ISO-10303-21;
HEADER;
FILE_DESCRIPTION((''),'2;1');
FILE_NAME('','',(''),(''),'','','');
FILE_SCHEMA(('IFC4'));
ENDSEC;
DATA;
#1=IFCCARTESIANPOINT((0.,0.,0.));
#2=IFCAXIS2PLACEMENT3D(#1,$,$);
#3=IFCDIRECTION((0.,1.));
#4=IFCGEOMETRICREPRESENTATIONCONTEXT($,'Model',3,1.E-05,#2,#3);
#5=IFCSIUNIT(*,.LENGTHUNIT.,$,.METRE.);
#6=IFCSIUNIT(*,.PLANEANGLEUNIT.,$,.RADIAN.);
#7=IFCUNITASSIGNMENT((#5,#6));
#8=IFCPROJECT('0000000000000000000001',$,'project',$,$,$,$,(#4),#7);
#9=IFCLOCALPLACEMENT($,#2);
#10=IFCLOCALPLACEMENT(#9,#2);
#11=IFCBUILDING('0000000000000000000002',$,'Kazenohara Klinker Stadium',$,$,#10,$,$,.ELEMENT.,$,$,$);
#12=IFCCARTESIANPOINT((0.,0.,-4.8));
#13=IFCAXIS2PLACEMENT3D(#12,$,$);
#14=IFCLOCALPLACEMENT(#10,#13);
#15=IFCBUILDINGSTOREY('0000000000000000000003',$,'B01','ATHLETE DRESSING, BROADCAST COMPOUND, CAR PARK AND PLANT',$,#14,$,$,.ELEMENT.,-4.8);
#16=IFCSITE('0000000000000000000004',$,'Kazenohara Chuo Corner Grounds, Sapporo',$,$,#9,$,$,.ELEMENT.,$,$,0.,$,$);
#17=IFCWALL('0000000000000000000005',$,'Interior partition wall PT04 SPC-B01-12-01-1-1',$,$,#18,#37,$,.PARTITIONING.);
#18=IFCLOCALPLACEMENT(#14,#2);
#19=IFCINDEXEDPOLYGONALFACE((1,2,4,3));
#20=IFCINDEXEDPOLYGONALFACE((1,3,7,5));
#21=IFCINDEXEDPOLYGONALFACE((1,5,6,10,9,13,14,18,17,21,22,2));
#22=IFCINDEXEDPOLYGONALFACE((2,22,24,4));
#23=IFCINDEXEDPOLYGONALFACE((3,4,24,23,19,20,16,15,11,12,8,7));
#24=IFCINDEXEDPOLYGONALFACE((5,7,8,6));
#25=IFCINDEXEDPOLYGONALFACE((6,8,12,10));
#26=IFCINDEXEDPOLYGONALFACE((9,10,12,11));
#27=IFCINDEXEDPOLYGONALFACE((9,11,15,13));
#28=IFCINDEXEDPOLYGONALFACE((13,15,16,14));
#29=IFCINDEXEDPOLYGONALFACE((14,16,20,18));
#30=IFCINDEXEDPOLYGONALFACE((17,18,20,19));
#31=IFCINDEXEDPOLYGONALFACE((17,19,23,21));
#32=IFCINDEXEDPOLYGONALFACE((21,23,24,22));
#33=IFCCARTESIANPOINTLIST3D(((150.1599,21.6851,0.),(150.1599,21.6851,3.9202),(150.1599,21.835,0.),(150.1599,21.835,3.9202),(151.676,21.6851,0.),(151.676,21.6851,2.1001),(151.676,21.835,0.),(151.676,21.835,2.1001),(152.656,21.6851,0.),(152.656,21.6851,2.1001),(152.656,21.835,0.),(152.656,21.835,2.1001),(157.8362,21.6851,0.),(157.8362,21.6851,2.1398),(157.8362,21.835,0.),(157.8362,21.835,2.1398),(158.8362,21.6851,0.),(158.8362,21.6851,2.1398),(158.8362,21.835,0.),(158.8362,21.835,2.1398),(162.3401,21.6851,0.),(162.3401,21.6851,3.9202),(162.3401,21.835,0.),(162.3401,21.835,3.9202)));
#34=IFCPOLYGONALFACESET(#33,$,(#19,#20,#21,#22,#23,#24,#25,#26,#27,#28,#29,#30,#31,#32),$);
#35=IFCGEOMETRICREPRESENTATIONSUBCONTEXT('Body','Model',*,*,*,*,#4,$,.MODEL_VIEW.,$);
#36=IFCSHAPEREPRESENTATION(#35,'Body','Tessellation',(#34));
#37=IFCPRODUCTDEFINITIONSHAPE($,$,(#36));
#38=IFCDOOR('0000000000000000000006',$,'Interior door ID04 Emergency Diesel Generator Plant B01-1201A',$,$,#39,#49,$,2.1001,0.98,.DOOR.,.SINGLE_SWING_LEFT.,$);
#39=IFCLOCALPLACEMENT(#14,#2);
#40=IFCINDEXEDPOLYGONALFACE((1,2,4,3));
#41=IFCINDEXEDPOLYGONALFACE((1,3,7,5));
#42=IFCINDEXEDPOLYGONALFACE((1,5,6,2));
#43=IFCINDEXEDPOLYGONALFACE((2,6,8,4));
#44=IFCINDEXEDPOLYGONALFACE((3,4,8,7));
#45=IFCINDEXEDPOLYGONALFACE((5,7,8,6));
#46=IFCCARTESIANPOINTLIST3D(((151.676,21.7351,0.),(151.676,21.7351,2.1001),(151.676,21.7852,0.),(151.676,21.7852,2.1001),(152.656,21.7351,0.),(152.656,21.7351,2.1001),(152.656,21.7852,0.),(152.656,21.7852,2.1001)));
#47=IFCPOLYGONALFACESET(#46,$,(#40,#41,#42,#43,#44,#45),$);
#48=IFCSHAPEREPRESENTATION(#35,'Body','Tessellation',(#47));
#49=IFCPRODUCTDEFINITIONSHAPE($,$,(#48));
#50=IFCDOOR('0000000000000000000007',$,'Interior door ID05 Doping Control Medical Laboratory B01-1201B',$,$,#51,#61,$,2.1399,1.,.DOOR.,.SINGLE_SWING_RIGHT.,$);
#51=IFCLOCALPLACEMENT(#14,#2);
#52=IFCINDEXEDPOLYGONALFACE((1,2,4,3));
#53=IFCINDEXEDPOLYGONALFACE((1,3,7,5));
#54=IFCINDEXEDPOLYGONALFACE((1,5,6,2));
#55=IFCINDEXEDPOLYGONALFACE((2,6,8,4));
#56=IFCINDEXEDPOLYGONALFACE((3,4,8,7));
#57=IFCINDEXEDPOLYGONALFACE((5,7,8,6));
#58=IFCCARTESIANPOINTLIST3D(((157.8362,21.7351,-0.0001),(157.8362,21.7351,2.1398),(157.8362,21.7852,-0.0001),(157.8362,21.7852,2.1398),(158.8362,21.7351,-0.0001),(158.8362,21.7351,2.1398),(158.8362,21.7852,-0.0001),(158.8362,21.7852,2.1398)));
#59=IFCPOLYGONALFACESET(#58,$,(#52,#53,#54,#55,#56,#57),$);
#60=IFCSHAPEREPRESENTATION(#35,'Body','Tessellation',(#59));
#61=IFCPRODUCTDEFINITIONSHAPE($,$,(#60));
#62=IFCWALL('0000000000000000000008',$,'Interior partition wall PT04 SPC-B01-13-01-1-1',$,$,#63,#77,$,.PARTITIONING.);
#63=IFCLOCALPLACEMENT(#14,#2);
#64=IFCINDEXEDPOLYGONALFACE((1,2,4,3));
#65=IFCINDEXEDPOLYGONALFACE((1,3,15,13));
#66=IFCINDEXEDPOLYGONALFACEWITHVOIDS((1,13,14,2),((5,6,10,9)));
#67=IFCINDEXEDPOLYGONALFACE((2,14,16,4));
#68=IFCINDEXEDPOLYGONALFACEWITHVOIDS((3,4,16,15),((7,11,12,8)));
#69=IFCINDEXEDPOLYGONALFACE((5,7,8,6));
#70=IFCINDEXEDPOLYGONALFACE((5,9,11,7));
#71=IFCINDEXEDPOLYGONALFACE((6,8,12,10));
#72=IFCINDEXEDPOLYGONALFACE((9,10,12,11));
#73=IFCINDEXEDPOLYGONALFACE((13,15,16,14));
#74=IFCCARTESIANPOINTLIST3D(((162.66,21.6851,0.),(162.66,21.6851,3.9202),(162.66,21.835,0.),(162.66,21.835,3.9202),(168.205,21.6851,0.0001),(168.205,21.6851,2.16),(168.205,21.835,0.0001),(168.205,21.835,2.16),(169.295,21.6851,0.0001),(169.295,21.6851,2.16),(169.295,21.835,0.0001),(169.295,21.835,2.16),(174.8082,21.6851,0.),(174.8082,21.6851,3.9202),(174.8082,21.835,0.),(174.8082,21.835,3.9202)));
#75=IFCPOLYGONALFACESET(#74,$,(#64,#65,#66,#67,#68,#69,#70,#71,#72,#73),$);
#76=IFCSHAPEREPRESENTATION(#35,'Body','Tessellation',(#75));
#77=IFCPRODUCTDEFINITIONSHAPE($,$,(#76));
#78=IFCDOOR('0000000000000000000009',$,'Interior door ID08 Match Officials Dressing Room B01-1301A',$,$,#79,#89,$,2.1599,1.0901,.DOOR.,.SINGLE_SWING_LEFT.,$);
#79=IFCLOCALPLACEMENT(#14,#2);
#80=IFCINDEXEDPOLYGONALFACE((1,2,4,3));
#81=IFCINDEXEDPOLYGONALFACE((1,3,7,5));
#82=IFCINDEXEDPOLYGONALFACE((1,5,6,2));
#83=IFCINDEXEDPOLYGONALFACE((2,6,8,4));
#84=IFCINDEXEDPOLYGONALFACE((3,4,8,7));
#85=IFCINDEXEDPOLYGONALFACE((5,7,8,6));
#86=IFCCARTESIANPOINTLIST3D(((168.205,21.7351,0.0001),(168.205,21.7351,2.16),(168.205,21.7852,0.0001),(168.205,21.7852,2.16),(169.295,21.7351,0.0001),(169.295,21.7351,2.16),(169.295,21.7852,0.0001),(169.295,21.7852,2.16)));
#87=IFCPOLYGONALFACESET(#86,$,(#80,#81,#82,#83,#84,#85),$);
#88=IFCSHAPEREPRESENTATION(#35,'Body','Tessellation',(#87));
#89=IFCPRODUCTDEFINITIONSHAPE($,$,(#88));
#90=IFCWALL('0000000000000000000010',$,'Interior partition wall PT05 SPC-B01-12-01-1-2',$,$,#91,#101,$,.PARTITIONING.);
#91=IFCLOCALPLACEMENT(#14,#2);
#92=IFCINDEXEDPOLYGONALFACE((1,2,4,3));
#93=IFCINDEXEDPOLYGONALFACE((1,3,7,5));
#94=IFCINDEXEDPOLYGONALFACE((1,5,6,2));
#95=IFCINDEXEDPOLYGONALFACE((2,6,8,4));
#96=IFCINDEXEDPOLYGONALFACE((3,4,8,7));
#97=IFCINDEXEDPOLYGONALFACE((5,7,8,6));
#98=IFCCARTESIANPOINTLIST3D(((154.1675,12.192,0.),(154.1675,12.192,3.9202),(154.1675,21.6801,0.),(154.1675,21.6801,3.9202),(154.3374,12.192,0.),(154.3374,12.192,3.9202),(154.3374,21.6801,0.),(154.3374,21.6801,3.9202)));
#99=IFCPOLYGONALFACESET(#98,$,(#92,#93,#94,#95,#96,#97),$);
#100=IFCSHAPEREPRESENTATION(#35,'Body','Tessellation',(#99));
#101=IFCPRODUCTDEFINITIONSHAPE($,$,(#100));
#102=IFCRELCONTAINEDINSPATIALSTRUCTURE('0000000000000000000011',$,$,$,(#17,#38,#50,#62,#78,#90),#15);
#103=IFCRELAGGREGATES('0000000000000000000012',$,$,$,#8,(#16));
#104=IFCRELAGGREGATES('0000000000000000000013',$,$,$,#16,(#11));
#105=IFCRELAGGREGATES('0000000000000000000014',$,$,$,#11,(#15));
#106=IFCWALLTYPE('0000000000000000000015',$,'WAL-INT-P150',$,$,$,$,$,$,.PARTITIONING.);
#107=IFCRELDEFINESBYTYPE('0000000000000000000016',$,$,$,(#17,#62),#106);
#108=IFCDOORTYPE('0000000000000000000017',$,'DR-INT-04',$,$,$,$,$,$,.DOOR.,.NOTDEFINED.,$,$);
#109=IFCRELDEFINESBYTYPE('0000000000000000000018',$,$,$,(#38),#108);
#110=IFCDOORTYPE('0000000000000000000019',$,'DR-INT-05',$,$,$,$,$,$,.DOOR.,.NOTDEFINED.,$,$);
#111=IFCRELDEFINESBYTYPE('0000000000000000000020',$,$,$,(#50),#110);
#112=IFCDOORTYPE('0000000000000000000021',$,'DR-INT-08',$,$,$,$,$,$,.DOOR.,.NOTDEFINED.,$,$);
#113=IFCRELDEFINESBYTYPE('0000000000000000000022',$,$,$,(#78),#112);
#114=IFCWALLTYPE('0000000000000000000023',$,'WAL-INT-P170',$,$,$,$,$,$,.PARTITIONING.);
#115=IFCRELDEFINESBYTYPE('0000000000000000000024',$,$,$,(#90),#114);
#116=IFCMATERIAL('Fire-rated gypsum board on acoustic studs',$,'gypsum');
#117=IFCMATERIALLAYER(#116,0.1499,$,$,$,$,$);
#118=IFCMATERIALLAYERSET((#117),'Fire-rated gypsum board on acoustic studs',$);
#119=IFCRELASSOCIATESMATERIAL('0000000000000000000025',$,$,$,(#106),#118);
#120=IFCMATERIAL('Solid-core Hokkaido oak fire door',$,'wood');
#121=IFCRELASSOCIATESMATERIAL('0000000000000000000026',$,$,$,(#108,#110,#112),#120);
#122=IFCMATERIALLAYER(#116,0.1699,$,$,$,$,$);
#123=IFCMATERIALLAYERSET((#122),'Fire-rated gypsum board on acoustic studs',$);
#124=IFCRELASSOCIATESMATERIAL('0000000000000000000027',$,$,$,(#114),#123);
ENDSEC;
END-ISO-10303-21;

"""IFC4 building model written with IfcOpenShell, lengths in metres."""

from ifc_helpers import new_model, si_unit, direction, frame, frame_2d, origin, place, context, subcontext, project, spatial, rectangle, extrude, material, layer, layer_set, type_object, element, fill, save


model = new_model("IFC4")

# Units and contexts
model_context = context("Model", 3, precision=1e-05, world=origin(), true_north=direction((0.0, 1.0)))
body_context = subcontext(model_context, "Body", "Model", "MODEL_VIEW")
ifc_project = project(units=[si_unit("LENGTHUNIT", "METRE"), si_unit("PLANEANGLEUNIT", "RADIAN")], contexts=[model_context])

# Site, building, storey
site_placement = place(None, origin())
site = spatial("IfcSite", under=ifc_project, at=site_placement, Name="Kazenohara Chuo Corner Grounds, Sapporo", CompositionType="ELEMENT", RefElevation=0.0)
building_placement = place(site_placement, origin())
building = spatial("IfcBuilding", under=site, at=building_placement, Name="Kazenohara Klinker Stadium", CompositionType="ELEMENT")
storey_placement = place(building_placement, frame((0.0, 0.0, -4.8)))
storey = spatial("IfcBuildingStorey", under=building, at=storey_placement, Name="B01", Description="ATHLETE DRESSING, BROADCAST COMPOUND, CAR PARK AND PLANT", CompositionType="ELEMENT", Elevation=-4.8)

# Shared definitions
ifc_material_1 = material(Name="Fire-rated gypsum board on acoustic studs", Category="gypsum")
ifc_layer_1 = layer(ifc_material_1, 0.1499)
ifc_layer_set_1 = layer_set([ifc_layer_1], Name="Fire-rated gypsum board on acoustic studs")
wall_type_1 = type_object("IfcWallType", Name="WAL-INT-P150", PredefinedType="PARTITIONING", material=ifc_layer_set_1)
ifc_material_2 = material(Name="Solid-core Hokkaido oak fire door", Category="wood")

# Wall, openings, doors
wall_1_placement = place(storey_placement, frame((150.1599, 21.76, 0.0), z_axis=(0.0, 0.0, 1.0), x_axis=(1.0, 0.0, 0.0)))
wall_1 = element("IfcWall", 1, at=wall_1_placement, inside=storey, type_object=wall_type_1, Name="Interior partition wall PT04 SPC-B01-12-01-1-1", PredefinedType="PARTITIONING", context=body_context, shape_type="SweptSolid", body=[
    extrude(rectangle(XDim=12.1802, YDim=0.1499, at=frame_2d((6.0901, 0.0))), origin(), (0.0, 0.0, 1.0), 3.9202),
])
opening_1_placement = place(wall_1_placement, frame((2.4961, 0.0, 0.0), z_axis=(0.0, 0.0, 1.0), x_axis=(-1.0, 0.0, 0.0)))
opening_1 = element("IfcOpeningElement", 2, at=opening_1_placement, cuts=wall_1, PredefinedType="OPENING", context=body_context, shape_type="SweptSolid", body=[
    extrude(rectangle(XDim=0.98, YDim=2.1001, at=frame_2d((0.49, 1.05))), frame((0.0, 0.085, 0.0), z_axis=(0.0, -1.0, 0.0), x_axis=(1.0, 0.0, 0.0)), (0.0, 0.0, 1.0), 0.1699),
])
opening_2_placement = place(wall_1_placement, frame((8.6763, 0.0, 0.0), z_axis=(0.0, 0.0, 1.0), x_axis=(-1.0, 0.0, 0.0)))
opening_2 = element("IfcOpeningElement", 3, at=opening_2_placement, cuts=wall_1, PredefinedType="OPENING", context=body_context, shape_type="SweptSolid", body=[
    extrude(rectangle(XDim=1.0, YDim=2.1399, at=frame_2d((0.5, 1.0698))), frame((0.0, 0.085, 0.0), z_axis=(0.0, -1.0, 0.0), x_axis=(1.0, 0.0, 0.0)), (0.0, 0.0, 1.0), 0.1699),
])
door_type_1 = type_object("IfcDoorType", Name="DR-INT-04", OperationType="NOTDEFINED", PredefinedType="DOOR", material=ifc_material_2)
door_1_placement = place(opening_1_placement, origin())
door_1 = element("IfcDoor", 4, at=door_1_placement, inside=storey, type_object=door_type_1, Name="Interior door ID04 Emergency Diesel Generator Plant B01-1201A", OperationType="SINGLE_SWING_LEFT", OverallHeight=2.1001, OverallWidth=0.98, PredefinedType="DOOR", context=body_context, shape_type="SweptSolid", body=[
    extrude(rectangle(XDim=0.98, YDim=2.1001, at=frame_2d((0.49, 1.05))), frame((0.0, 0.0249, 0.0), z_axis=(0.0, -1.0, 0.0), x_axis=(1.0, 0.0, 0.0)), (0.0, 0.0, 1.0), 0.05),
])
fill(opening_1, door_1)
door_type_2 = type_object("IfcDoorType", Name="DR-INT-05", OperationType="NOTDEFINED", PredefinedType="DOOR", material=ifc_material_2)
door_2_placement = place(opening_2_placement, origin())
door_2 = element("IfcDoor", 5, at=door_2_placement, inside=storey, type_object=door_type_2, Name="Interior door ID05 Doping Control Medical Laboratory B01-1201B", OperationType="SINGLE_SWING_RIGHT", OverallHeight=2.1399, OverallWidth=1.0, PredefinedType="DOOR", context=body_context, shape_type="SweptSolid", body=[
    extrude(rectangle(XDim=1.0, YDim=2.1399, at=frame_2d((0.5, 1.0698))), frame((0.0, 0.0249, 0.0), z_axis=(0.0, -1.0, 0.0), x_axis=(1.0, 0.0, 0.0)), (0.0, 0.0, 1.0), 0.05),
])
fill(opening_2, door_2)

# Wall, opening, door
wall_2_placement = place(storey_placement, frame((162.6599, 21.76, 0.0), z_axis=(0.0, 0.0, 1.0), x_axis=(1.0, 0.0, 0.0)))
wall_2 = element("IfcWall", 6, at=wall_2_placement, inside=storey, type_object=wall_type_1, Name="Interior partition wall PT04 SPC-B01-13-01-1-1", PredefinedType="PARTITIONING", context=body_context, shape_type="SweptSolid", body=[
    extrude(rectangle(XDim=12.1482, YDim=0.1499, at=frame_2d((6.0742, 0.0))), origin(), (0.0, 0.0, 1.0), 3.9202),
])
opening_3_placement = place(wall_2_placement, frame((6.635, 0.0, 0.0), z_axis=(0.0, 0.0, 1.0), x_axis=(-1.0, 0.0, 0.0)))
opening_3 = element("IfcOpeningElement", 7, at=opening_3_placement, cuts=wall_2, PredefinedType="OPENING", context=body_context, shape_type="SweptSolid", body=[
    extrude(rectangle(XDim=1.0901, YDim=2.1599, at=frame_2d((0.5449, 1.0801))), frame((0.0, 0.085, 0.0), z_axis=(0.0, -1.0, 0.0), x_axis=(1.0, 0.0, 0.0)), (0.0, 0.0, 1.0), 0.1699),
])
door_type_3 = type_object("IfcDoorType", Name="DR-INT-08", OperationType="NOTDEFINED", PredefinedType="DOOR", material=ifc_material_2)
door_3_placement = place(opening_3_placement, origin())
door_3 = element("IfcDoor", 8, at=door_3_placement, inside=storey, type_object=door_type_3, Name="Interior door ID08 Match Officials Dressing Room B01-1301A", OperationType="SINGLE_SWING_LEFT", OverallHeight=2.1599, OverallWidth=1.0901, PredefinedType="DOOR", context=body_context, shape_type="SweptSolid", body=[
    extrude(rectangle(XDim=1.0901, YDim=2.1599, at=frame_2d((0.5449, 1.0801))), frame((0.0, 0.0249, 0.0), z_axis=(0.0, -1.0, 0.0), x_axis=(1.0, 0.0, 0.0)), (0.0, 0.0, 1.0), 0.05),
])
fill(opening_3, door_3)

# Wall
ifc_layer_2 = layer(ifc_material_1, 0.1699)
ifc_layer_set_2 = layer_set([ifc_layer_2], Name="Fire-rated gypsum board on acoustic studs")
wall_type_2 = type_object("IfcWallType", Name="WAL-INT-P170", PredefinedType="PARTITIONING", material=ifc_layer_set_2)
wall_3_placement = place(storey_placement, frame((154.2524, 12.1919, 0.0), z_axis=(0.0, 0.0, 1.0), x_axis=(0.0, 1.0, 0.0)))
element("IfcWall", 9, at=wall_3_placement, inside=storey, type_object=wall_type_2, Name="Interior partition wall PT05 SPC-B01-12-01-1-2", PredefinedType="PARTITIONING", context=body_context, shape_type="SweptSolid", body=[
    extrude(rectangle(XDim=9.488, YDim=0.1699, at=frame_2d((4.7441, 0.0))), origin(), (0.0, 0.0, 1.0), 3.9202),
])

save(model, "model.ifc")
